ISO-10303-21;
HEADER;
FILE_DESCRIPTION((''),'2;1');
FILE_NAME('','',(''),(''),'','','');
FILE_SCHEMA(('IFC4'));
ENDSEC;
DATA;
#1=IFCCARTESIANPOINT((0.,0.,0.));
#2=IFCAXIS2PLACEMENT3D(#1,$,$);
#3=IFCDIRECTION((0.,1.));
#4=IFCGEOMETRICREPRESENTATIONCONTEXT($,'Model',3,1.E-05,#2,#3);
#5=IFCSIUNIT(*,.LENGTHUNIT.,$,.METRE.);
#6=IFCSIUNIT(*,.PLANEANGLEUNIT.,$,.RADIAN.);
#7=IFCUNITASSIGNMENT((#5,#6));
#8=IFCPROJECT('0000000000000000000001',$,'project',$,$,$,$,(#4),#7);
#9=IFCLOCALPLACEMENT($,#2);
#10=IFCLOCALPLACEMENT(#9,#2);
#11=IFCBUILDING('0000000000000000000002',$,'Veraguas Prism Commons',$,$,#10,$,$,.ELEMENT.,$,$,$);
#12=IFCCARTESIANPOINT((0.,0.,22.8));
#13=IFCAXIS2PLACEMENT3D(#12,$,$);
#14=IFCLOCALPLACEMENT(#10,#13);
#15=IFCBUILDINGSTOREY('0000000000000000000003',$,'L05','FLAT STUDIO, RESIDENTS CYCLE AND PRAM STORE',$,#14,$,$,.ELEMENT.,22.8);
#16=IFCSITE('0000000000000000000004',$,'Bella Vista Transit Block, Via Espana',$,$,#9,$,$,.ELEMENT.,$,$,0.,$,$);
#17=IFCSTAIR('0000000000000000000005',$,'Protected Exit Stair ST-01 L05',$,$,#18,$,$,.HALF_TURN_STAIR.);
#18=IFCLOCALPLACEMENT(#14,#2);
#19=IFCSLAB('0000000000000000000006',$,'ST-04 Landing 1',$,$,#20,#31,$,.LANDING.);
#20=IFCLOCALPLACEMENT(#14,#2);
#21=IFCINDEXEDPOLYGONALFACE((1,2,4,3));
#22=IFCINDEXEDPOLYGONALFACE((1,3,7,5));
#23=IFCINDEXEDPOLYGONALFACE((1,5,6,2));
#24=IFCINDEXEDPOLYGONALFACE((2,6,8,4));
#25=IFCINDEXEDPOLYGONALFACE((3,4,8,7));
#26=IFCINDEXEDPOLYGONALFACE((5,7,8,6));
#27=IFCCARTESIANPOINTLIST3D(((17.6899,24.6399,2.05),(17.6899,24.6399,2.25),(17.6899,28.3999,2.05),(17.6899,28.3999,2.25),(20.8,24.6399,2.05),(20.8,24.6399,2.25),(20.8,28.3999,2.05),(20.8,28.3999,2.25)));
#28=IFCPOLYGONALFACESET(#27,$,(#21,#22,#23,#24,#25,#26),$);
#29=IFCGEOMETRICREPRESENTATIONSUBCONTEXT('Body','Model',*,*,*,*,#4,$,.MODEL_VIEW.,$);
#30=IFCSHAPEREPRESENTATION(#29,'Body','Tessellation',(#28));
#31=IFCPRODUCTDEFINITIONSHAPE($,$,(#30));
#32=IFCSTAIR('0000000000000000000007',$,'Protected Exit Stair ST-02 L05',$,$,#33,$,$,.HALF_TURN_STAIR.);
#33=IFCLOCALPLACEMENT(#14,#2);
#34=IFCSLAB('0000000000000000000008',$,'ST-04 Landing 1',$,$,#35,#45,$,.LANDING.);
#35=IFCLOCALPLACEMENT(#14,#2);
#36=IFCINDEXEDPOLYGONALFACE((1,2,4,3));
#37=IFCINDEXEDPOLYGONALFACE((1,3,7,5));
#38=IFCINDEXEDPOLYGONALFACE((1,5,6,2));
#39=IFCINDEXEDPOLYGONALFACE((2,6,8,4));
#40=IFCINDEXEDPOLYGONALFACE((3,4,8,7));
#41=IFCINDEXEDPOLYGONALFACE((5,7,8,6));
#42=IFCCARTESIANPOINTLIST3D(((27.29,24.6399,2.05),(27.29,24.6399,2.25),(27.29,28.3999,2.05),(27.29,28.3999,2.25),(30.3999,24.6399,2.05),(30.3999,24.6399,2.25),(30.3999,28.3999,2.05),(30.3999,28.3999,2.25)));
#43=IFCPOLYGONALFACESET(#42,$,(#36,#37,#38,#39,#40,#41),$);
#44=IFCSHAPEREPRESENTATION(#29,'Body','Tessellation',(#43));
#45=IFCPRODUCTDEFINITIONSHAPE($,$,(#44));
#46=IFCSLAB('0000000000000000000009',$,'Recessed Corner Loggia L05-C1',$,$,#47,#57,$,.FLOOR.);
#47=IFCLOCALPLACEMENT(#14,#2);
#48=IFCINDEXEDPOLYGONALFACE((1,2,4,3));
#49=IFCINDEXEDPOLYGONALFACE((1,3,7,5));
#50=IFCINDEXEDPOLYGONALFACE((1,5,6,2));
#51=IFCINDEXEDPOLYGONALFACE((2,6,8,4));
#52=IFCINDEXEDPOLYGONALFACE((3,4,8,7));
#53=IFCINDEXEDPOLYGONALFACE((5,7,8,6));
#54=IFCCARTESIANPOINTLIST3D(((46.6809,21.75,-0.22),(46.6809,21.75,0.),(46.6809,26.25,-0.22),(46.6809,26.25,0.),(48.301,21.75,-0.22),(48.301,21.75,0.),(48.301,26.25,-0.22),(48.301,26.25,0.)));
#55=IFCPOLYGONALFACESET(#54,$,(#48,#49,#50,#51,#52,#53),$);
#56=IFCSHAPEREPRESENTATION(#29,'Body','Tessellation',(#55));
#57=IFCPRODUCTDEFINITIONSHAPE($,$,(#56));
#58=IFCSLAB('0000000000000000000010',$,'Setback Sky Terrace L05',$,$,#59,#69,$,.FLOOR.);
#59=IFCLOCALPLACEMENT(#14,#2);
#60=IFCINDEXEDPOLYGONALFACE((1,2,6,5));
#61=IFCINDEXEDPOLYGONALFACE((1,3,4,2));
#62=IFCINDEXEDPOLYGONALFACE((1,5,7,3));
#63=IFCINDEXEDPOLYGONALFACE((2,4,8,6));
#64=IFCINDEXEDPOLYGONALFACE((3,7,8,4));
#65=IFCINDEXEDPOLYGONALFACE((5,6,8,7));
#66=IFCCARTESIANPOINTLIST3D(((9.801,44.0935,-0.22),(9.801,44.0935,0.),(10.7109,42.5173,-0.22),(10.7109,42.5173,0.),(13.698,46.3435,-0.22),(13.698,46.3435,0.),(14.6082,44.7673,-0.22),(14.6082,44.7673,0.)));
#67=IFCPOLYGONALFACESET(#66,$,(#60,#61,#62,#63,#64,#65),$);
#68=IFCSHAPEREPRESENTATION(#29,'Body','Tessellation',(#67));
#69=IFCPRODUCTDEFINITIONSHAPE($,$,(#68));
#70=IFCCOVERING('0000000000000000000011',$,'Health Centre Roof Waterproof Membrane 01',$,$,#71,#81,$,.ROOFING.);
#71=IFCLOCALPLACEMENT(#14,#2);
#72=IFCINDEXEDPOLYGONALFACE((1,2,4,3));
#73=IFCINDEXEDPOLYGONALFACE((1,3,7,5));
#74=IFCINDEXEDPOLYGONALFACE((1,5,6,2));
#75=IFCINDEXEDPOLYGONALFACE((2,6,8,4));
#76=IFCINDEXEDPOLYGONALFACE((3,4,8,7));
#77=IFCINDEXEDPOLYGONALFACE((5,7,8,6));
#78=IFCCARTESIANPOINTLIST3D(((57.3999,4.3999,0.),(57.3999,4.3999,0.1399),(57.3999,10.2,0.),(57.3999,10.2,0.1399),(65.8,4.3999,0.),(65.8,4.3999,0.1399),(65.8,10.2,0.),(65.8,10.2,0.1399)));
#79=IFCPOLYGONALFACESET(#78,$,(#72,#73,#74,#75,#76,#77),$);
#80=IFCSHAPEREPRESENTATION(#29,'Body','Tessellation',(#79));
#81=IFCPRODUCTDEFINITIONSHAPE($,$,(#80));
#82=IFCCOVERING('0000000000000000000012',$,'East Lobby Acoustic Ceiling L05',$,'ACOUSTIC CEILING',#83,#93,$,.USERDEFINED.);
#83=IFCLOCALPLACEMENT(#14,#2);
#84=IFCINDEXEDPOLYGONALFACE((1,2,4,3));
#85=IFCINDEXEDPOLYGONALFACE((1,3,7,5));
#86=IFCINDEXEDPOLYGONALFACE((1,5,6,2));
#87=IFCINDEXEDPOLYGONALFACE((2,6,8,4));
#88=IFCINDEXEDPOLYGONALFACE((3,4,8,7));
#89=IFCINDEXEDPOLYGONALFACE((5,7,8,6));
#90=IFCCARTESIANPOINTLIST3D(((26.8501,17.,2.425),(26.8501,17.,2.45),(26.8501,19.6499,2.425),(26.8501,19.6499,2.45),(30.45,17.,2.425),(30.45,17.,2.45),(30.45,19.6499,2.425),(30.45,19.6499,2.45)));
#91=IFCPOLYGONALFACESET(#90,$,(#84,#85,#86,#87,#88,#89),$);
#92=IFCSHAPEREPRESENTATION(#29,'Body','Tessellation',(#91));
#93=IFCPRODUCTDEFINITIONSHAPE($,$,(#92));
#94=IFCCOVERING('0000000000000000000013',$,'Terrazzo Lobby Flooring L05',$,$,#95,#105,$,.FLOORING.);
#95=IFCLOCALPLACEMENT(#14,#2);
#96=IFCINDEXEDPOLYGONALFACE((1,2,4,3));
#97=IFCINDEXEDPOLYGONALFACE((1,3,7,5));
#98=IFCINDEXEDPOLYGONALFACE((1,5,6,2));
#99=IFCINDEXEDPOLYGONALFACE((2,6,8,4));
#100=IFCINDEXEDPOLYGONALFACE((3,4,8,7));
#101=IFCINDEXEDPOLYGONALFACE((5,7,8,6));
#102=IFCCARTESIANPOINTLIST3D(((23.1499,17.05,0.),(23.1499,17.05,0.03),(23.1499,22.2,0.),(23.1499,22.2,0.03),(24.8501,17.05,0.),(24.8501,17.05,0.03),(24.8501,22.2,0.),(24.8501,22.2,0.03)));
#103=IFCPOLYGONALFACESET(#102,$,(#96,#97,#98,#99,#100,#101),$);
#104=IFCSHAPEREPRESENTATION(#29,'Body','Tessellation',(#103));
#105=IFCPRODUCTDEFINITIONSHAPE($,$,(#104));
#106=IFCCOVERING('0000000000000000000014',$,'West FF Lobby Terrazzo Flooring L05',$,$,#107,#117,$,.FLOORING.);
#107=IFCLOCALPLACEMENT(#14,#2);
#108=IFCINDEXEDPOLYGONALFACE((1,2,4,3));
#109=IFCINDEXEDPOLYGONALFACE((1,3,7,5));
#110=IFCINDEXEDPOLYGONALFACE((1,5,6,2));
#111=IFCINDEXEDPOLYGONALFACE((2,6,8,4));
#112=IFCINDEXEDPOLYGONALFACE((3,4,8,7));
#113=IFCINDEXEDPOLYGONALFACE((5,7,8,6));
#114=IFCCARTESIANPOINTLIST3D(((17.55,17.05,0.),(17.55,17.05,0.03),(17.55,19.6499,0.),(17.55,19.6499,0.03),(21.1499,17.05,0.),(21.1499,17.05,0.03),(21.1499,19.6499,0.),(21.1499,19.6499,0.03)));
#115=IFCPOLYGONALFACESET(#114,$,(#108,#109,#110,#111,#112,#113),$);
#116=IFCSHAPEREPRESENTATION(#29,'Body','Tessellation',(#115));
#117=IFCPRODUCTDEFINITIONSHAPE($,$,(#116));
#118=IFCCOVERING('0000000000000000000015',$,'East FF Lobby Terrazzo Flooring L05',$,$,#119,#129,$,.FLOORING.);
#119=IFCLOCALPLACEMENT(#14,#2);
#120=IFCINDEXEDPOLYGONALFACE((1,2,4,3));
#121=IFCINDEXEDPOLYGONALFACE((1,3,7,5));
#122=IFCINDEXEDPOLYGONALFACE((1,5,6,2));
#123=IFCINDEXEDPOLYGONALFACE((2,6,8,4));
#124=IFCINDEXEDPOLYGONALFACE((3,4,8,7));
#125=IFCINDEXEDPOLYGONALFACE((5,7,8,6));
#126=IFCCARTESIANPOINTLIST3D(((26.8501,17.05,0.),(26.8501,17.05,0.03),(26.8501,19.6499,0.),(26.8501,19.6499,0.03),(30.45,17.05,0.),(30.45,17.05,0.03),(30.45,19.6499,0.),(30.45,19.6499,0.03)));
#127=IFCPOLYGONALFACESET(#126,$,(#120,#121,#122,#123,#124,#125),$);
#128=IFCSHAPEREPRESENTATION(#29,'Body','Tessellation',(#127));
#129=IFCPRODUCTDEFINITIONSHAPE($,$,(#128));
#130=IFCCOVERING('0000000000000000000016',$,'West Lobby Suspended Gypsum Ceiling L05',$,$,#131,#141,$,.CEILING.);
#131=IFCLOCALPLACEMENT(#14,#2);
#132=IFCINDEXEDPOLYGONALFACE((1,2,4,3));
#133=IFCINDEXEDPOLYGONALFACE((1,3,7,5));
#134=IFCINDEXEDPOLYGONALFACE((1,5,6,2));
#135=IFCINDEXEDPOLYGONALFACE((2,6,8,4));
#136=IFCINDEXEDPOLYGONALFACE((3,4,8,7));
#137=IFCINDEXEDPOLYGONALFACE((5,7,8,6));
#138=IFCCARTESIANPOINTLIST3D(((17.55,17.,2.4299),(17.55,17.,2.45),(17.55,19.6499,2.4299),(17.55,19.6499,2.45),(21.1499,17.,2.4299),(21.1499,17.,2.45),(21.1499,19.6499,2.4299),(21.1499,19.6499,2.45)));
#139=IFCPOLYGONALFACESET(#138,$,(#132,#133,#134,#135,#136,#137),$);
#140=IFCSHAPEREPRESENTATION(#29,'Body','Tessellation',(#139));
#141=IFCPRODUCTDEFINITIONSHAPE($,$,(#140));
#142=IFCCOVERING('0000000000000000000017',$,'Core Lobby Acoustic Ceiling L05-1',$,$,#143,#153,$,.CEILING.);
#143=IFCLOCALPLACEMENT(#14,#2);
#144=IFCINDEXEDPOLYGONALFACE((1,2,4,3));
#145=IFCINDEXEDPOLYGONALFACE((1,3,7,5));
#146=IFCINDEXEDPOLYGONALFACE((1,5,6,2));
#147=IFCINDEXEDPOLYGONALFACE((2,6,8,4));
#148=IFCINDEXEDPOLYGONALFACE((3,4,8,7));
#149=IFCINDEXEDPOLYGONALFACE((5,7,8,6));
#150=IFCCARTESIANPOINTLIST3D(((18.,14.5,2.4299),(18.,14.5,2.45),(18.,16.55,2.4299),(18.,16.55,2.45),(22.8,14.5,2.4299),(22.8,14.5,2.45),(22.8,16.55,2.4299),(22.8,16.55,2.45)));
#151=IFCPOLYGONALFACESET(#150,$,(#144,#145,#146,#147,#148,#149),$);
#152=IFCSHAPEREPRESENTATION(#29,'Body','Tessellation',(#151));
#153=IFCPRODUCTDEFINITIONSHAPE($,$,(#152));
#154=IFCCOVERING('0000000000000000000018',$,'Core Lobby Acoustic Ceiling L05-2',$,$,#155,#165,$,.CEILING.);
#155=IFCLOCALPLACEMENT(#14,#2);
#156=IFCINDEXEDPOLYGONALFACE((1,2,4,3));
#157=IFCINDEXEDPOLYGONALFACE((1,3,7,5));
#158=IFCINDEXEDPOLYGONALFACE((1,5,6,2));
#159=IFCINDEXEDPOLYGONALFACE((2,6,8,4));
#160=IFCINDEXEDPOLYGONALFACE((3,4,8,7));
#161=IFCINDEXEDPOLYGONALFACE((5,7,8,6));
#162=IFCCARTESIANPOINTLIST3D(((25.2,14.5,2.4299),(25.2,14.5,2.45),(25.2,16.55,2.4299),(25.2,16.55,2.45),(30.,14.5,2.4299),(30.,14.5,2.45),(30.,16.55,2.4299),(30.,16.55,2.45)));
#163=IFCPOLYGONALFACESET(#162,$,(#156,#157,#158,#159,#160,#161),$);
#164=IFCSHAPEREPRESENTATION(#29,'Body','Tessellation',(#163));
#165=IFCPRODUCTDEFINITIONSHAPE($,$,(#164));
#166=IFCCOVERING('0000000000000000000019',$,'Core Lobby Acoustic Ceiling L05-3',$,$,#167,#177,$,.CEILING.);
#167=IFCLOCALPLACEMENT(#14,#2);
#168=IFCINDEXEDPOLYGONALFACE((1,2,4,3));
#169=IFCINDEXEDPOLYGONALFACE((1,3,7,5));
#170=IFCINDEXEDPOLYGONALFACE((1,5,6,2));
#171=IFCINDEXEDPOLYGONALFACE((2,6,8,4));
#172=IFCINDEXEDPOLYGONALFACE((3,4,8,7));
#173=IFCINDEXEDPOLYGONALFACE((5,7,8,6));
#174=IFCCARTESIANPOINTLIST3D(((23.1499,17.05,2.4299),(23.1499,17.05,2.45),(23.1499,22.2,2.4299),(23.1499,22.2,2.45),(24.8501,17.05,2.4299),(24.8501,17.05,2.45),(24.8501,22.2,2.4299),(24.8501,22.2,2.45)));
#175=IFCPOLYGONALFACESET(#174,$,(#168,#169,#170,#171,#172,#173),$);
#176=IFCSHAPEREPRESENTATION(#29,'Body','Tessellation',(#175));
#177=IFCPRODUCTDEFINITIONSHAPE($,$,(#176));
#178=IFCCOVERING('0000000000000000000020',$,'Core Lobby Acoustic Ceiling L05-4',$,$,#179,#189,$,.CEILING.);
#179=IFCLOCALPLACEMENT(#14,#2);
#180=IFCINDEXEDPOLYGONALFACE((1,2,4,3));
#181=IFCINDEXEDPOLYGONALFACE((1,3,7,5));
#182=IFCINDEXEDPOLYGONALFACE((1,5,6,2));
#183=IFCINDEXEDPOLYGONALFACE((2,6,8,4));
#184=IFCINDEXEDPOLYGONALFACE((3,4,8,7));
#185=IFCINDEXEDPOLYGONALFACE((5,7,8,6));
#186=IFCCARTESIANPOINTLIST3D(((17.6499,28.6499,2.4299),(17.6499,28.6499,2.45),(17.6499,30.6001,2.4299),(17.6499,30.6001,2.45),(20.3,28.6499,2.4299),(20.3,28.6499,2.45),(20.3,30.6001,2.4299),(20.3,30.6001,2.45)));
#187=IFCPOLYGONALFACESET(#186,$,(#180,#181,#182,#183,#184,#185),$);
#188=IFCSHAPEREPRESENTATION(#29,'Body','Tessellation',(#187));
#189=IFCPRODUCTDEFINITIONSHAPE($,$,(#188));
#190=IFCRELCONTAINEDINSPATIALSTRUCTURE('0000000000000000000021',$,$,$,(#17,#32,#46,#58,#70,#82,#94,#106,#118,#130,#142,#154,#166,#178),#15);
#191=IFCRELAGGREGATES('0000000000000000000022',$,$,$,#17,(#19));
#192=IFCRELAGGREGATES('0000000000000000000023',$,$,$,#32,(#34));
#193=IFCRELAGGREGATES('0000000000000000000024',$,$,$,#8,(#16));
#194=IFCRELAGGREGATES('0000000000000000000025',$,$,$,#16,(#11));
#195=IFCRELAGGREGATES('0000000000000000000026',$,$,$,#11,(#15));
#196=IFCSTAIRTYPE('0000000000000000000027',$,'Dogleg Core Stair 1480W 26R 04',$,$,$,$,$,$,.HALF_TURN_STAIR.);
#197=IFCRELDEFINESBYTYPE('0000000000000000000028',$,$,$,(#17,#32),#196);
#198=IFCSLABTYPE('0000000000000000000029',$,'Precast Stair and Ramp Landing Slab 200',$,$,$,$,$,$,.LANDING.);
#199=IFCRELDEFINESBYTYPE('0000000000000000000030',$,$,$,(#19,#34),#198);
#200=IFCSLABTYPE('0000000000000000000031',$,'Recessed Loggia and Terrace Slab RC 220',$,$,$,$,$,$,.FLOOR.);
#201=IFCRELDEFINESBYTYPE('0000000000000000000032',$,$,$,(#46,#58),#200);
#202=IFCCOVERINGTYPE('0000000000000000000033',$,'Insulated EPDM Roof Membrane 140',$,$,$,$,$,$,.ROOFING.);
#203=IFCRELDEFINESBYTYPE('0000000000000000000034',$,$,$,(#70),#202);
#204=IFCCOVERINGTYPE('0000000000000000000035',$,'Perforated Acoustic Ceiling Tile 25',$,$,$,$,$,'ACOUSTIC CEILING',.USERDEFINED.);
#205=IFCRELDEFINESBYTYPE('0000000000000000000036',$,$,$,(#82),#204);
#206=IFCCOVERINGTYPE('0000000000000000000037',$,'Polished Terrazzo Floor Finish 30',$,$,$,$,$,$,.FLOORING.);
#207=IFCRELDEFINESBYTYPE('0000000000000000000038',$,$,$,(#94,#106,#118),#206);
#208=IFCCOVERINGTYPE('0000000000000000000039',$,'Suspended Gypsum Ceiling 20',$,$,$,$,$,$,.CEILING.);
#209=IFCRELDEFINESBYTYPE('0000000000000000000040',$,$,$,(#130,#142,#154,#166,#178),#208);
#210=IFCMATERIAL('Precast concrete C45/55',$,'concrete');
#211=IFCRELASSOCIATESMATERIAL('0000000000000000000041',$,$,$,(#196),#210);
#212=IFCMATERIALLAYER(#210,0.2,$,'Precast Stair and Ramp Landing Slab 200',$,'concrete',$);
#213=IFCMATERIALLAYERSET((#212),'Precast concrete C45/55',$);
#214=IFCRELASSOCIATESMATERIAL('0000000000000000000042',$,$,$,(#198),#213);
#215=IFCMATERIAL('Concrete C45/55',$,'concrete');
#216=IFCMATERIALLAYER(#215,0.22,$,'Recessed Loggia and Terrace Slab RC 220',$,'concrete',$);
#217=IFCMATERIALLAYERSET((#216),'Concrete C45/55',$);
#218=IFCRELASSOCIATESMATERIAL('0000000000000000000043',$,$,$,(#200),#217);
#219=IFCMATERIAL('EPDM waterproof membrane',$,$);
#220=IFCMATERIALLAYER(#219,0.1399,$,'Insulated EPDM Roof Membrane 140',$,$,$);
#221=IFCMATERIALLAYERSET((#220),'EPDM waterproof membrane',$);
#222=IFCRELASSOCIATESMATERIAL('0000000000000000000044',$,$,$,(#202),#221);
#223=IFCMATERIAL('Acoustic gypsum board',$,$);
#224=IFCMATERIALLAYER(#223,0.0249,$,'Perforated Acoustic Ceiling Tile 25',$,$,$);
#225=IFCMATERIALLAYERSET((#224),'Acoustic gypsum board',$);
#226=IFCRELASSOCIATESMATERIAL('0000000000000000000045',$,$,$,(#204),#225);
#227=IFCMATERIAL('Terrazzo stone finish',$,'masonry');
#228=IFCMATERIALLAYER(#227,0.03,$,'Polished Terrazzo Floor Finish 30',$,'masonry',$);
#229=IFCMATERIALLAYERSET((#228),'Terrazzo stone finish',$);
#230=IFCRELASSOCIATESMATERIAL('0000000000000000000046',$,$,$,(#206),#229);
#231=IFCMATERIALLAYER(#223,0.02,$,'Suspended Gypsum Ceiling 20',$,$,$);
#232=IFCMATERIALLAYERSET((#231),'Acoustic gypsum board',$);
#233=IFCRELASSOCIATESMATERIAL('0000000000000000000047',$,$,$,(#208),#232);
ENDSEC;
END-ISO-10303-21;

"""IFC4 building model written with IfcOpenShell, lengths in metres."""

from ifc_helpers import new_model, si_unit, direction, frame, origin, place, context, subcontext, project, spatial, polyline, outline, extrude, material, layer, layer_set, type_object, element, aggregate, save


model = new_model("IFC4")

# Units and contexts
model_context = context("Model", 3, precision=1e-05, world=origin(), true_north=direction((0.0, 1.0)))
body_context = subcontext(model_context, "Body", "Model", "MODEL_VIEW")
ifc_project = project(units=[si_unit("LENGTHUNIT", "METRE"), si_unit("PLANEANGLEUNIT", "RADIAN")], contexts=[model_context])

# Site, building, storey
site_placement = place(None, origin())
site = spatial("IfcSite", under=ifc_project, at=site_placement, Name="Bella Vista Transit Block, Via Espana", CompositionType="ELEMENT", RefElevation=0.0)
building_placement = place(site_placement, origin())
building = spatial("IfcBuilding", under=site, at=building_placement, Name="Veraguas Prism Commons", CompositionType="ELEMENT")
storey_placement = place(building_placement, frame((0.0, 0.0, 22.8)))
storey = spatial("IfcBuildingStorey", under=building, at=storey_placement, Name="L05", Description="FLAT STUDIO, RESIDENTS CYCLE AND PRAM STORE", CompositionType="ELEMENT", Elevation=22.8)

# Shared definitions
ifc_material_1 = material(Name="Concrete C45/55", Category="concrete")

# Stairs, slabs
ifc_material_2 = material(Name="Precast concrete C45/55", Category="concrete")
stair_type = type_object("IfcStairType", Name="Dogleg Core Stair 1480W 26R 04", PredefinedType="HALF_TURN_STAIR", material=ifc_material_2)
stair_1_placement = place(storey_placement, origin())
stair_1 = element("IfcStair", 1, at=stair_1_placement, inside=storey, type_object=stair_type, Name="Protected Exit Stair ST-01 L05", PredefinedType="HALF_TURN_STAIR")
ifc_layer_1 = layer(ifc_material_2, 0.2, Name="Precast Stair and Ramp Landing Slab 200", Category="concrete")
ifc_layer_set_1 = layer_set([ifc_layer_1], Name="Precast concrete C45/55")
slab_type_1 = type_object("IfcSlabType", Name="Precast Stair and Ramp Landing Slab 200", PredefinedType="LANDING", material=ifc_layer_set_1)
slab_1_placement = place(storey_placement, frame((0.0, 0.0, 2.05)))
slab_1 = element("IfcSlab", 2, at=slab_1_placement, type_object=slab_type_1, Name="ST-04 Landing 1", PredefinedType="LANDING", context=body_context, shape_type="SweptSolid", body=[
    extrude(outline(polyline([(20.8, 24.6399), (20.8, 28.3999), (17.6899, 28.3999), (17.6899, 24.6399), (20.8, 24.6399)])), origin(), (0.0, 0.0, 1.0), 0.2),
])
aggregate(stair_1, [slab_1])
stair_2_placement = place(storey_placement, origin())
stair_2 = element("IfcStair", 3, at=stair_2_placement, inside=storey, type_object=stair_type, Name="Protected Exit Stair ST-02 L05", PredefinedType="HALF_TURN_STAIR")
slab_2_placement = place(storey_placement, frame((0.0, 0.0, 2.05)))
slab_2 = element("IfcSlab", 4, at=slab_2_placement, type_object=slab_type_1, Name="ST-04 Landing 1", PredefinedType="LANDING", context=body_context, shape_type="SweptSolid", body=[
    extrude(outline(polyline([(30.3999, 24.6399), (30.3999, 28.3999), (27.29, 28.3999), (27.29, 24.6399), (30.3999, 24.6399)])), origin(), (0.0, 0.0, 1.0), 0.2),
])
aggregate(stair_2, [slab_2])

# Slabs
ifc_layer_2 = layer(ifc_material_1, 0.22, Name="Recessed Loggia and Terrace Slab RC 220", Category="concrete")
ifc_layer_set_2 = layer_set([ifc_layer_2], Name="Concrete C45/55")
slab_type_2 = type_object("IfcSlabType", Name="Recessed Loggia and Terrace Slab RC 220", PredefinedType="FLOOR", material=ifc_layer_set_2)
slab_3_placement = place(storey_placement, frame((0.0, 0.0, -0.22)))
element("IfcSlab", 5, at=slab_3_placement, inside=storey, type_object=slab_type_2, Name="Recessed Corner Loggia L05-C1", PredefinedType="FLOOR", context=body_context, shape_type="SweptSolid", body=[
    extrude(outline(polyline([(46.6809, 21.75), (48.301, 21.75), (48.301, 26.25), (46.6809, 26.25), (46.6809, 21.75)])), origin(), (0.0, 0.0, 1.0), 0.22),
])
slab_4_placement = place(storey_placement, frame((0.0, 0.0, -0.22)))
element("IfcSlab", 6, at=slab_4_placement, inside=storey, type_object=slab_type_2, Name="Setback Sky Terrace L05", PredefinedType="FLOOR", context=body_context, shape_type="SweptSolid", body=[
    extrude(outline(polyline([(14.6082, 44.7673), (13.698, 46.3435), (9.801, 44.0935), (10.7109, 42.5173), (14.6082, 44.7673)])), origin(), (0.0, 0.0, 1.0), 0.22),
])

# Coverings
ifc_material_3 = material(Name="EPDM waterproof membrane")
ifc_layer_3 = layer(ifc_material_3, 0.1399, Name="Insulated EPDM Roof Membrane 140")
ifc_layer_set_3 = layer_set([ifc_layer_3], Name="EPDM waterproof membrane")
covering_type_1 = type_object("IfcCoveringType", Name="Insulated EPDM Roof Membrane 140", PredefinedType="ROOFING", material=ifc_layer_set_3)
covering_1_placement = place(storey_placement, origin())
element("IfcCovering", 7, at=covering_1_placement, inside=storey, type_object=covering_type_1, Name="Health Centre Roof Waterproof Membrane 01", PredefinedType="ROOFING", context=body_context, shape_type="SweptSolid", body=[
    extrude(outline(polyline([(57.3999, 4.3999), (65.8, 4.3999), (65.8, 10.2), (57.3999, 10.2), (57.3999, 4.3999)])), origin(), (0.0, 0.0, 1.0), 0.1399),
])
ifc_material_4 = material(Name="Acoustic gypsum board")
ifc_layer_4 = layer(ifc_material_4, 0.0249, Name="Perforated Acoustic Ceiling Tile 25")
ifc_layer_set_4 = layer_set([ifc_layer_4], Name="Acoustic gypsum board")
covering_type_2 = type_object("IfcCoveringType", Name="Perforated Acoustic Ceiling Tile 25", ElementType="ACOUSTIC CEILING", PredefinedType="USERDEFINED", material=ifc_layer_set_4)
covering_2_placement = place(storey_placement, frame((0.0, 0.0, 2.425)))
element("IfcCovering", 8, at=covering_2_placement, inside=storey, type_object=covering_type_2, Name="East Lobby Acoustic Ceiling L05", ObjectType="ACOUSTIC CEILING", PredefinedType="USERDEFINED", context=body_context, shape_type="SweptSolid", body=[
    extrude(outline(polyline([(26.8501, 17.0), (30.45, 17.0), (30.45, 19.6499), (26.8501, 19.6499), (26.8501, 17.0)])), origin(), (0.0, 0.0, 1.0), 0.0249),
])
ifc_material_5 = material(Name="Terrazzo stone finish", Category="masonry")
ifc_layer_5 = layer(ifc_material_5, 0.03, Name="Polished Terrazzo Floor Finish 30", Category="masonry")
ifc_layer_set_5 = layer_set([ifc_layer_5], Name="Terrazzo stone finish")
covering_type_3 = type_object("IfcCoveringType", Name="Polished Terrazzo Floor Finish 30", PredefinedType="FLOORING", material=ifc_layer_set_5)
covering_3_placement = place(storey_placement, origin())
element("IfcCovering", 9, at=covering_3_placement, inside=storey, type_object=covering_type_3, Name="Terrazzo Lobby Flooring L05", PredefinedType="FLOORING", context=body_context, shape_type="SweptSolid", body=[
    extrude(outline(polyline([(23.1499, 17.05), (24.8501, 17.05), (24.8501, 22.2), (23.1499, 22.2), (23.1499, 17.05)])), origin(), (0.0, 0.0, 1.0), 0.03),
])
covering_4_placement = place(storey_placement, origin())
element("IfcCovering", 10, at=covering_4_placement, inside=storey, type_object=covering_type_3, Name="West FF Lobby Terrazzo Flooring L05", PredefinedType="FLOORING", context=body_context, shape_type="SweptSolid", body=[
    extrude(outline(polyline([(17.55, 17.05), (21.1499, 17.05), (21.1499, 19.6499), (17.55, 19.6499), (17.55, 17.05)])), origin(), (0.0, 0.0, 1.0), 0.03),
])
covering_5_placement = place(storey_placement, origin())
element("IfcCovering", 11, at=covering_5_placement, inside=storey, type_object=covering_type_3, Name="East FF Lobby Terrazzo Flooring L05", PredefinedType="FLOORING", context=body_context, shape_type="SweptSolid", body=[
    extrude(outline(polyline([(26.8501, 17.05), (30.45, 17.05), (30.45, 19.6499), (26.8501, 19.6499), (26.8501, 17.05)])), origin(), (0.0, 0.0, 1.0), 0.03),
])
ifc_layer_6 = layer(ifc_material_4, 0.02, Name="Suspended Gypsum Ceiling 20")
ifc_layer_set_6 = layer_set([ifc_layer_6], Name="Acoustic gypsum board")
covering_type_4 = type_object("IfcCoveringType", Name="Suspended Gypsum Ceiling 20", PredefinedType="CEILING", material=ifc_layer_set_6)
covering_6_placement = place(storey_placement, frame((0.0, 0.0, 2.4299)))
element("IfcCovering", 12, at=covering_6_placement, inside=storey, type_object=covering_type_4, Name="West Lobby Suspended Gypsum Ceiling L05", PredefinedType="CEILING", context=body_context, shape_type="SweptSolid", body=[
    extrude(outline(polyline([(17.55, 17.0), (21.1499, 17.0), (21.1499, 19.6499), (17.55, 19.6499), (17.55, 17.0)])), origin(), (0.0, 0.0, 1.0), 0.02),
])
covering_7_placement = place(storey_placement, frame((0.0, 0.0, 2.4299)))
element("IfcCovering", 13, at=covering_7_placement, inside=storey, type_object=covering_type_4, Name="Core Lobby Acoustic Ceiling L05-1", PredefinedType="CEILING", context=body_context, shape_type="SweptSolid", body=[
    extrude(outline(polyline([(18.0, 14.5), (22.8, 14.5), (22.8, 16.55), (18.0, 16.55), (18.0, 14.5)])), origin(), (0.0, 0.0, 1.0), 0.02),
])
covering_8_placement = place(storey_placement, frame((0.0, 0.0, 2.4299)))
element("IfcCovering", 14, at=covering_8_placement, inside=storey, type_object=covering_type_4, Name="Core Lobby Acoustic Ceiling L05-2", PredefinedType="CEILING", context=body_context, shape_type="SweptSolid", body=[
    extrude(outline(polyline([(25.2, 14.5), (30.0, 14.5), (30.0, 16.55), (25.2, 16.55), (25.2, 14.5)])), origin(), (0.0, 0.0, 1.0), 0.02),
])
covering_9_placement = place(storey_placement, frame((0.0, 0.0, 2.4299)))
element("IfcCovering", 15, at=covering_9_placement, inside=storey, type_object=covering_type_4, Name="Core Lobby Acoustic Ceiling L05-3", PredefinedType="CEILING", context=body_context, shape_type="SweptSolid", body=[
    extrude(outline(polyline([(23.1499, 17.05), (24.8501, 17.05), (24.8501, 22.2), (23.1499, 22.2), (23.1499, 17.05)])), origin(), (0.0, 0.0, 1.0), 0.02),
])
covering_10_placement = place(storey_placement, frame((0.0, 0.0, 2.4299)))
element("IfcCovering", 16, at=covering_10_placement, inside=storey, type_object=covering_type_4, Name="Core Lobby Acoustic Ceiling L05-4", PredefinedType="CEILING", context=body_context, shape_type="SweptSolid", body=[
    extrude(outline(polyline([(17.6499, 28.6499), (20.3, 28.6499), (20.3, 30.6001), (17.6499, 30.6001), (17.6499, 28.6499)])), origin(), (0.0, 0.0, 1.0), 0.02),
])

save(model, "model.ifc")
